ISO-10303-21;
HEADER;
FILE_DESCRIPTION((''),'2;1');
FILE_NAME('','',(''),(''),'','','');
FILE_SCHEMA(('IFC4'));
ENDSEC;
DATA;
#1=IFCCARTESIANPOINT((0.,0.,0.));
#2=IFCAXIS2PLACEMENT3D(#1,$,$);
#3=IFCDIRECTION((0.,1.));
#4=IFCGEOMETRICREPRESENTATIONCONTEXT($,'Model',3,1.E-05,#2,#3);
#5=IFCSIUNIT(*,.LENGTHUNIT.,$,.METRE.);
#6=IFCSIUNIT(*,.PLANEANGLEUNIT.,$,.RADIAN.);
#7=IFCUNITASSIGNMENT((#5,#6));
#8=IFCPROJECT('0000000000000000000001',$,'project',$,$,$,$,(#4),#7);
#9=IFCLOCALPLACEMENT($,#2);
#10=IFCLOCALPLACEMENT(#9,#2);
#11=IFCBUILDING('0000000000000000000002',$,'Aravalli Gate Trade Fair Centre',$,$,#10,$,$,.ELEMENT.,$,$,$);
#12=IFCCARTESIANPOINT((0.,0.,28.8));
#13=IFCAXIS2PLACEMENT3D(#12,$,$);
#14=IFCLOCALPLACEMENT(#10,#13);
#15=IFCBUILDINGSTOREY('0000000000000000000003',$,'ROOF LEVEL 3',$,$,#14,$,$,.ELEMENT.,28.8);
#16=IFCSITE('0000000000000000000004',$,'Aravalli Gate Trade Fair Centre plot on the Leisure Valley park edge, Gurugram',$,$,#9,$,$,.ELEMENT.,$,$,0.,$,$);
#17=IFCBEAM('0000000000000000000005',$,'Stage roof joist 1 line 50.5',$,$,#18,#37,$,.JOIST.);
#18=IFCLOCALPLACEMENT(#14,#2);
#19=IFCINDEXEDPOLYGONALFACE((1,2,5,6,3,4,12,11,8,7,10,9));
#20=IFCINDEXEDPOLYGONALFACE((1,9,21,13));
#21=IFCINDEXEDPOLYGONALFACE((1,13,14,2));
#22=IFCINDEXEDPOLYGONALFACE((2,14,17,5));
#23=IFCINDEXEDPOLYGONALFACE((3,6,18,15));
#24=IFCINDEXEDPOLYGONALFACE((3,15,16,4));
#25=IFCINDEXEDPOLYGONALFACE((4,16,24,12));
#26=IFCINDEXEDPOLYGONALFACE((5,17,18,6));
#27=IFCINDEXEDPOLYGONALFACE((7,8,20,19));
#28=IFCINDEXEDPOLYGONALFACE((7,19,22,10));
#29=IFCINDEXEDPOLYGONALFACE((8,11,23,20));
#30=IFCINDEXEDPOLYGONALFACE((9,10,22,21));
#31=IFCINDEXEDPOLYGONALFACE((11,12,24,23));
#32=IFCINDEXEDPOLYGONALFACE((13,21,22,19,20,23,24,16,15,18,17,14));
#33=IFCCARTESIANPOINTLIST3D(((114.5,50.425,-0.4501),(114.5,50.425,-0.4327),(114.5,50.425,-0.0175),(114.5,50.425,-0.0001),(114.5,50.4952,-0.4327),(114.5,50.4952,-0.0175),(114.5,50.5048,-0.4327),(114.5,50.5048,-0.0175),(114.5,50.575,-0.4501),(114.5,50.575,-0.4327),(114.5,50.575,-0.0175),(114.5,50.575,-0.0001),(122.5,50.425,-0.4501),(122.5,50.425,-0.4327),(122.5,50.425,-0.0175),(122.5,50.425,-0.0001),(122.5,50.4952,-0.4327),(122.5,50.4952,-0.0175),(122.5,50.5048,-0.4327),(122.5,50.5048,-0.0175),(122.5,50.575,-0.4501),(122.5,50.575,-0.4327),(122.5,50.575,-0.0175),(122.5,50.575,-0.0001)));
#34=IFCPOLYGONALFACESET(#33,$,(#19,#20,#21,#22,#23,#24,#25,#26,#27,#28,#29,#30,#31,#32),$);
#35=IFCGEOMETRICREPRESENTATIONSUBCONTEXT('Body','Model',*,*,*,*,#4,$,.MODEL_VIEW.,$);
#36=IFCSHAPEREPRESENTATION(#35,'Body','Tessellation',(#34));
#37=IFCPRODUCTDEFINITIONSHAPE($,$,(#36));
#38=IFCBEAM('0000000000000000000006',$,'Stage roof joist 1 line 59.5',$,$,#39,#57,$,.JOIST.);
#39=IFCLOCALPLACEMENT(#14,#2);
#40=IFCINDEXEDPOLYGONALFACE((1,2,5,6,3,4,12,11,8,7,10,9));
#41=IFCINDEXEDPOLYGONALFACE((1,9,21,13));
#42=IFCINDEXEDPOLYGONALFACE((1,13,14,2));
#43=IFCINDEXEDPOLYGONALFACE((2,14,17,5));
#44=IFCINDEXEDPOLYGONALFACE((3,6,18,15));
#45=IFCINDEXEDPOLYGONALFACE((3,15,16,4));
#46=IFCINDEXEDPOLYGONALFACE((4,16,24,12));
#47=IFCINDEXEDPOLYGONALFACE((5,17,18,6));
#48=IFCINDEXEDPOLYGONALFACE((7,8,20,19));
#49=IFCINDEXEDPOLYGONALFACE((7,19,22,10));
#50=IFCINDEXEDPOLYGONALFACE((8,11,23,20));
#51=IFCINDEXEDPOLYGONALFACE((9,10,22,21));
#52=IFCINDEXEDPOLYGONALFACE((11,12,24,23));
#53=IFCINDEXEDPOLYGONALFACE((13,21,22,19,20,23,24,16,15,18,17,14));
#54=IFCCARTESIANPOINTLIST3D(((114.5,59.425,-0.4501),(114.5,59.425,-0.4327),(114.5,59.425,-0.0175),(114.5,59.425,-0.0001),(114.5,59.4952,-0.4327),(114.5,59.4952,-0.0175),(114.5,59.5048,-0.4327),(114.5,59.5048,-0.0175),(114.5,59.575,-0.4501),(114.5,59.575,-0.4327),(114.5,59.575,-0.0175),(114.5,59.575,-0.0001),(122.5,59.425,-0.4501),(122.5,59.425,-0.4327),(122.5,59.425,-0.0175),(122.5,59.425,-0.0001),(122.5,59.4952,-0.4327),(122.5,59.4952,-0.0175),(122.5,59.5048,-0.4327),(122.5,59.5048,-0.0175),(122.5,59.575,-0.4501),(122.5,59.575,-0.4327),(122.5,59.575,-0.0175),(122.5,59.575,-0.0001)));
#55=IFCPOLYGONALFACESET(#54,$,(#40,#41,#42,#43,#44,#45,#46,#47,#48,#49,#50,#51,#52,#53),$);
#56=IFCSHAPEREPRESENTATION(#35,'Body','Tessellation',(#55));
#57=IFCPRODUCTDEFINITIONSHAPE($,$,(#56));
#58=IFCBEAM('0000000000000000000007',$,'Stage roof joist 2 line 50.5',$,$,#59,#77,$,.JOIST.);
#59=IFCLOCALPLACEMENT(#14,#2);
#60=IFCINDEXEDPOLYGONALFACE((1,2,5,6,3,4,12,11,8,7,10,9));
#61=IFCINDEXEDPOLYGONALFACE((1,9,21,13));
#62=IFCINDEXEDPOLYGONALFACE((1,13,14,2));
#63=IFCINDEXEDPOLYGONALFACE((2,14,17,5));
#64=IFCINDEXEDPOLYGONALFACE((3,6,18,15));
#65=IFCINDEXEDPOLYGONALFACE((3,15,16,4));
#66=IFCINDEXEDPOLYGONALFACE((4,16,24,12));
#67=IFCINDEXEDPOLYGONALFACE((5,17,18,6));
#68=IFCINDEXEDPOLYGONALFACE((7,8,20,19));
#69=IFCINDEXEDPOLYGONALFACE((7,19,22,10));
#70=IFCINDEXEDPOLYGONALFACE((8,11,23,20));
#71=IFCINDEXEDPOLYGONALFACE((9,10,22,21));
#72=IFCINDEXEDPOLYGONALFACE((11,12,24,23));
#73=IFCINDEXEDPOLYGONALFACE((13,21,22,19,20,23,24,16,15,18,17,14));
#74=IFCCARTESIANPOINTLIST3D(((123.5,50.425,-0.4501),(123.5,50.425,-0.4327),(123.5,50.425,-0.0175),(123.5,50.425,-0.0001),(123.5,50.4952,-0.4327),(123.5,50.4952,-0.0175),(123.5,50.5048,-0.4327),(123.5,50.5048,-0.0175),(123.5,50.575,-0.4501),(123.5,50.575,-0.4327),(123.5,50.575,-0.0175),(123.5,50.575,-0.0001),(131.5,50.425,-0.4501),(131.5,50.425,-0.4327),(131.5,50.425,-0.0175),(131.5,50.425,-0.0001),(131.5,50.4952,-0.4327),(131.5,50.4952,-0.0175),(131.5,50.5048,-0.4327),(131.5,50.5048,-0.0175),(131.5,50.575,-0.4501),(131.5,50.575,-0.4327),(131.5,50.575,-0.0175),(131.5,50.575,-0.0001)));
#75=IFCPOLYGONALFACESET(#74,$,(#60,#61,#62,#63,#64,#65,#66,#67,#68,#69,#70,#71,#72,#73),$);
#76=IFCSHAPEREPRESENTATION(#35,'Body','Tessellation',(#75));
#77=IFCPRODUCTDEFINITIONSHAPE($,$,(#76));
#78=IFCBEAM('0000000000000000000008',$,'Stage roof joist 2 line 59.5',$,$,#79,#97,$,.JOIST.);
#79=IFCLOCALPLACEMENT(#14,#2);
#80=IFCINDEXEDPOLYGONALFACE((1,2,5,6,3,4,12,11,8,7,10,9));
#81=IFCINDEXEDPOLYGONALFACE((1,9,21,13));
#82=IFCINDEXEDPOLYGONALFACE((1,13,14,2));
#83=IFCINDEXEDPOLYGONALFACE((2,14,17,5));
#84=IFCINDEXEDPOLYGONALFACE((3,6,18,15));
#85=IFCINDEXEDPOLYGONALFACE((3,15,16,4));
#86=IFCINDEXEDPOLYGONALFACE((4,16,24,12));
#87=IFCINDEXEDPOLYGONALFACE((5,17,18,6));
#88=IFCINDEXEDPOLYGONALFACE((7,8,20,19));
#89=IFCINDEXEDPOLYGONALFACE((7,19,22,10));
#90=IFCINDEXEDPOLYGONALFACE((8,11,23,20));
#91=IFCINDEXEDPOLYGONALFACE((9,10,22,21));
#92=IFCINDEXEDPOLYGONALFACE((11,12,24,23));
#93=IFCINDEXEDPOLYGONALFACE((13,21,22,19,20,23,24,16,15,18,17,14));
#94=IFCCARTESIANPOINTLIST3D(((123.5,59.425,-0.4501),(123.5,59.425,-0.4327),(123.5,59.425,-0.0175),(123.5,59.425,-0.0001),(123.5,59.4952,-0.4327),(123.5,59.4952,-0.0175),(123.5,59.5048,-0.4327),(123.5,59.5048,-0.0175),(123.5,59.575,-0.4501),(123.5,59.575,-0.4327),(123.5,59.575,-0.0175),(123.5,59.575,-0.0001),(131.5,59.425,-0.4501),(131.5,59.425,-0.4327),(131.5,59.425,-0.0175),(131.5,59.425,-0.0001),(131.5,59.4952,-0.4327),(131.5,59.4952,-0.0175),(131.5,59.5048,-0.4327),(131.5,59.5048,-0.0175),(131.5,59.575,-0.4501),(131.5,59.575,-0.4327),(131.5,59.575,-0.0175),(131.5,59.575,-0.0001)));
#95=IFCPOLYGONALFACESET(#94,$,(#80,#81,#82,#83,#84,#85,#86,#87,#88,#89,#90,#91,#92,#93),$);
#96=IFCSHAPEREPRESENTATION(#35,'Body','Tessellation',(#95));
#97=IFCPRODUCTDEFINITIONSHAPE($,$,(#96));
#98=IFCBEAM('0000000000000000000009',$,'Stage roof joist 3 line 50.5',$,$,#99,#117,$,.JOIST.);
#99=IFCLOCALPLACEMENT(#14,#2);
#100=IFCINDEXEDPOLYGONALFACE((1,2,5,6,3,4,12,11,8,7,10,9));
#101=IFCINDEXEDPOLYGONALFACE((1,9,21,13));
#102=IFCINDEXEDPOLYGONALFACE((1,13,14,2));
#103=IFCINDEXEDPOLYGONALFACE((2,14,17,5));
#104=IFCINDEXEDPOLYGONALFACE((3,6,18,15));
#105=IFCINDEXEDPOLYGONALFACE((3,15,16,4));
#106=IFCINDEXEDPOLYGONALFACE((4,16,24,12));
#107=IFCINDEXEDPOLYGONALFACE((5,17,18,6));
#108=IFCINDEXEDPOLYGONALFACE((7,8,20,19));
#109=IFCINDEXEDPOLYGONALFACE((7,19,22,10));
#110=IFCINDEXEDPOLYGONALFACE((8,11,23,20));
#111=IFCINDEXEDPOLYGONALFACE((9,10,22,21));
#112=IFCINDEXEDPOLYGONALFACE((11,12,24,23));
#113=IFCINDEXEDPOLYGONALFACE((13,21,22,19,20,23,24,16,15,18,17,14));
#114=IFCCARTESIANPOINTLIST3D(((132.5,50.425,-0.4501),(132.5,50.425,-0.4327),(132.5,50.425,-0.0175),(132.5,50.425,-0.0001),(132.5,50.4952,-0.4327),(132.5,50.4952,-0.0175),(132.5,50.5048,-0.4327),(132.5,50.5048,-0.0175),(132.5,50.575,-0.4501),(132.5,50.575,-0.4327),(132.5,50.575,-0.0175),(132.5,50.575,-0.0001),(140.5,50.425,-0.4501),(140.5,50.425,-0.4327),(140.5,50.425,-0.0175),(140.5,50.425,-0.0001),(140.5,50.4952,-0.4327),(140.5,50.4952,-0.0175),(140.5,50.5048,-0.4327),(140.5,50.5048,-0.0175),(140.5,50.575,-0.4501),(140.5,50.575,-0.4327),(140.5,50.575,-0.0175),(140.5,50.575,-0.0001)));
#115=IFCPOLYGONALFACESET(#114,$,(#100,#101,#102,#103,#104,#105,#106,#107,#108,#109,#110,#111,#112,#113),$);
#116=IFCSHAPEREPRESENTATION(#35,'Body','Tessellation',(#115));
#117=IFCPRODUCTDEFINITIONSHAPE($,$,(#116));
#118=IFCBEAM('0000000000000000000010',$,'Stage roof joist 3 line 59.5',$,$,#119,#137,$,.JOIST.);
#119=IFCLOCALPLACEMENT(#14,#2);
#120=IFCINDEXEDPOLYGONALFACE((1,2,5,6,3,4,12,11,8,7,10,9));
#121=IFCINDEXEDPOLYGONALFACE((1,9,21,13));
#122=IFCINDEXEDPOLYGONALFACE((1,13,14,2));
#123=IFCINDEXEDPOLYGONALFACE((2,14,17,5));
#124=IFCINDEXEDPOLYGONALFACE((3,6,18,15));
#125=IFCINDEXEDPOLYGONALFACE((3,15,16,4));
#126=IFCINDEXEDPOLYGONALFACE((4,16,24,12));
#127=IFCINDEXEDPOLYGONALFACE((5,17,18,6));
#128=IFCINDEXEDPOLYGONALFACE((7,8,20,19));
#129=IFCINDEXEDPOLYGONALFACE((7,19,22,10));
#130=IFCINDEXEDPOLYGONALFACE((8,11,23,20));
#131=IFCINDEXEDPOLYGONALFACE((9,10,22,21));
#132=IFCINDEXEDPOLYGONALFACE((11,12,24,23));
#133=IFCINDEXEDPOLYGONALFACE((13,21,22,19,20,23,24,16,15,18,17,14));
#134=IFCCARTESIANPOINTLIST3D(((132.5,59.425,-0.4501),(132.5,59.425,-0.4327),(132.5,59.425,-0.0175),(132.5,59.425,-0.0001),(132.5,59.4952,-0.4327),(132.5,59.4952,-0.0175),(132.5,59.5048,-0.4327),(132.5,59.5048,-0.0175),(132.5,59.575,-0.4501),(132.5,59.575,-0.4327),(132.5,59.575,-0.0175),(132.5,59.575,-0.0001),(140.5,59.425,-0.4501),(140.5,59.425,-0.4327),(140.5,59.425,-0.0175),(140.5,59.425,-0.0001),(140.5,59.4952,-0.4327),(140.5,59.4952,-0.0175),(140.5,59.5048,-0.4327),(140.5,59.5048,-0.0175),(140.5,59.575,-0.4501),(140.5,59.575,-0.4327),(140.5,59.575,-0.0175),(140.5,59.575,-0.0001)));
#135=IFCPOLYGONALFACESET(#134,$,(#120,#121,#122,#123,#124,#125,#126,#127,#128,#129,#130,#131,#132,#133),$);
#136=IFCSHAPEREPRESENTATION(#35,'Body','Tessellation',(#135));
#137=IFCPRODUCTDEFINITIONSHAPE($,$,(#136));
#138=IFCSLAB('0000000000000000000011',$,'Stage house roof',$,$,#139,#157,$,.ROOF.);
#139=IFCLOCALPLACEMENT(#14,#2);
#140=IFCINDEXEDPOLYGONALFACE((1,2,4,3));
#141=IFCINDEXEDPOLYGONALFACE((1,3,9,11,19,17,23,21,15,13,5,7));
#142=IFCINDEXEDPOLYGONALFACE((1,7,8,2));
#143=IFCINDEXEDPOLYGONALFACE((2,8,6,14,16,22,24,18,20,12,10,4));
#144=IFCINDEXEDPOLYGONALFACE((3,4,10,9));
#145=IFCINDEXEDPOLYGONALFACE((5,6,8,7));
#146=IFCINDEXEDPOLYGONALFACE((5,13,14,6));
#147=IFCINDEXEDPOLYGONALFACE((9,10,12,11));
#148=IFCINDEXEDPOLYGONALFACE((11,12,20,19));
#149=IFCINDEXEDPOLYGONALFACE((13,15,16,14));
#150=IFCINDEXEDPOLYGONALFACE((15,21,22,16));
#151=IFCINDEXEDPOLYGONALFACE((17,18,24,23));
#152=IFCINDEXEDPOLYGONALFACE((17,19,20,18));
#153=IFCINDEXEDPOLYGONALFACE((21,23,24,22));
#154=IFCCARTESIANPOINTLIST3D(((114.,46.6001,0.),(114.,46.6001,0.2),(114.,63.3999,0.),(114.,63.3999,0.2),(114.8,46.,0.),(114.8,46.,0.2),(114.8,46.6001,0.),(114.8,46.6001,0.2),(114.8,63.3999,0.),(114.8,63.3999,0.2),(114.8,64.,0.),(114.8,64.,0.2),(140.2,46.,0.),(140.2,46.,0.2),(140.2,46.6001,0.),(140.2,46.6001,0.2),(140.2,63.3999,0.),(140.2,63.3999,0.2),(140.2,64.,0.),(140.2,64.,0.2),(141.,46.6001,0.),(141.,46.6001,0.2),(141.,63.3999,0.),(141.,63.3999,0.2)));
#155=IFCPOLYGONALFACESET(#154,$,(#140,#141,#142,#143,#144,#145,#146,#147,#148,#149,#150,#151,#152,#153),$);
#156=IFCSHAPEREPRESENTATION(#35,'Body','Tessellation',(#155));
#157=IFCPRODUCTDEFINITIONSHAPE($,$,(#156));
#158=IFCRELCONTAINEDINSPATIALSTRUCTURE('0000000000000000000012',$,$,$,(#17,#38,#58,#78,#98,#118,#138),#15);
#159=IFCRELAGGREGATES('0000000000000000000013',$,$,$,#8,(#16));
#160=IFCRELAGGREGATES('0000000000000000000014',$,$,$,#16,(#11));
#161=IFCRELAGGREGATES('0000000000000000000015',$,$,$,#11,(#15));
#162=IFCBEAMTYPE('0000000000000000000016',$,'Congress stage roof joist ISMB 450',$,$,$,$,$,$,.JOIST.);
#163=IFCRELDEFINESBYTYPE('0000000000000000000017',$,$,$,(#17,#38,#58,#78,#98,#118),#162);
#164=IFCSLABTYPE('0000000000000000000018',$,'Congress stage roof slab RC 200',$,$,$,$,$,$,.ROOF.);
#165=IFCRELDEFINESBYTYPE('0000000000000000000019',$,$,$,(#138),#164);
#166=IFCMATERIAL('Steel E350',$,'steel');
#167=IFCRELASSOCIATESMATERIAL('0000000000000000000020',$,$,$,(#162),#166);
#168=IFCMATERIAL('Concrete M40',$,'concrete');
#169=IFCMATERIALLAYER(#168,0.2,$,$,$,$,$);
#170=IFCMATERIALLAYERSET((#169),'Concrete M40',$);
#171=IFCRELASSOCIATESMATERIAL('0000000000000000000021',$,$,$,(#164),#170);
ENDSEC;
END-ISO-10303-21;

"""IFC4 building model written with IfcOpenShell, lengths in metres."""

from ifc_helpers import new_model, si_unit, direction, frame, origin, origin_2d, place, context, subcontext, project, spatial, polyline, i_section, outline, extrude, material, layer, layer_set, material_profile, profile_set, type_object, element, save


model = new_model("IFC4")

# Units and contexts
model_context = context("Model", 3, precision=1e-05, world=origin(), true_north=direction((0.0, 1.0)))
body_context = subcontext(model_context, "Body", "Model", "MODEL_VIEW")
ifc_project = project(units=[si_unit("LENGTHUNIT", "METRE"), si_unit("PLANEANGLEUNIT", "RADIAN")], contexts=[model_context])

# Site, building, storey
site_placement = place(None, origin())
site = spatial("IfcSite", under=ifc_project, at=site_placement, Name="Aravalli Gate Trade Fair Centre plot on the Leisure Valley park edge, Gurugram", CompositionType="ELEMENT", RefElevation=0.0)
building_placement = place(site_placement, origin())
building = spatial("IfcBuilding", under=site, at=building_placement, Name="Aravalli Gate Trade Fair Centre", CompositionType="ELEMENT")
storey_placement = place(building_placement, frame((0.0, 0.0, 28.8)))
storey = spatial("IfcBuildingStorey", under=building, at=storey_placement, Name="ROOF LEVEL 3", CompositionType="ELEMENT", Elevation=28.8)

# Beams
ifc_material_1 = material(Name="Steel E350", Category="steel")
ifc_material_profile = material_profile(ifc_material_1, i_section(OverallWidth=0.1499, OverallDepth=0.45, WebThickness=0.0095, FlangeThickness=0.0173, at=origin_2d()), Name="ISMB 450")
ifc_profile_set = profile_set([ifc_material_profile], Name="Steel E350")
beam_type = type_object("IfcBeamType", Name="Congress stage roof joist ISMB 450", PredefinedType="JOIST", material=ifc_profile_set)
for number, where, z_axis, x_axis, name in (
    (1, (114.5, 50.5, -0.2251), (1.0, 0.0, 0.0), (0.0, 1.0, 0.0), "Stage roof joist 1 line 50.5"),
    (2, (114.5, 59.5, -0.2251), (1.0, 0.0, 0.0), (0.0, 1.0, 0.0), "Stage roof joist 1 line 59.5"),
    (3, (123.5, 50.5, -0.2251), (1.0, 0.0, 0.0), (0.0, 1.0, 0.0), "Stage roof joist 2 line 50.5"),
    (4, (123.5, 59.5, -0.2251), (1.0, 0.0, 0.0), (0.0, 1.0, 0.0), "Stage roof joist 2 line 59.5"),
    (5, (132.5, 50.5, -0.2251), (1.0, 0.0, 0.0), (0.0, 1.0, 0.0), "Stage roof joist 3 line 50.5"),
    (6, (132.5, 59.5, -0.2251), (1.0, 0.0, 0.0), (0.0, 1.0, 0.0), "Stage roof joist 3 line 59.5"),
):
    element("IfcBeam", number, at=place(storey_placement, frame(where, z_axis=z_axis, x_axis=x_axis)), inside=storey, type_object=beam_type, Name=name, PredefinedType="JOIST", context=body_context, shape_type="SweptSolid", body=[
        extrude(i_section(OverallWidth=0.1499, OverallDepth=0.45, WebThickness=0.0095, FlangeThickness=0.0173, at=origin_2d()), origin(), (0.0, 0.0, 1.0), 8.0),
    ])

# Slab
ifc_material_2 = material(Name="Concrete M40", Category="concrete")
ifc_layer = layer(ifc_material_2, 0.2)
ifc_layer_set = layer_set([ifc_layer], Name="Concrete M40")
slab_type = type_object("IfcSlabType", Name="Congress stage roof slab RC 200", PredefinedType="ROOF", material=ifc_layer_set)
slab_placement = place(storey_placement, origin())
element("IfcSlab", 7, at=slab_placement, inside=storey, type_object=slab_type, Name="Stage house roof", PredefinedType="ROOF", context=body_context, shape_type="SweptSolid", body=[
    extrude(outline(polyline([(141.0, 46.6001), (140.2, 46.6001), (140.2, 46.0), (114.8, 46.0), (114.8, 46.6001), (114.0, 46.6001), (114.0, 63.3999), (114.8, 63.3999), (114.8, 64.0), (140.2, 64.0), (140.2, 63.3999), (141.0, 63.3999), (141.0, 46.6001)])), origin(), (0.0, 0.0, 1.0), 0.2),
])

save(model, "model.ifc")
